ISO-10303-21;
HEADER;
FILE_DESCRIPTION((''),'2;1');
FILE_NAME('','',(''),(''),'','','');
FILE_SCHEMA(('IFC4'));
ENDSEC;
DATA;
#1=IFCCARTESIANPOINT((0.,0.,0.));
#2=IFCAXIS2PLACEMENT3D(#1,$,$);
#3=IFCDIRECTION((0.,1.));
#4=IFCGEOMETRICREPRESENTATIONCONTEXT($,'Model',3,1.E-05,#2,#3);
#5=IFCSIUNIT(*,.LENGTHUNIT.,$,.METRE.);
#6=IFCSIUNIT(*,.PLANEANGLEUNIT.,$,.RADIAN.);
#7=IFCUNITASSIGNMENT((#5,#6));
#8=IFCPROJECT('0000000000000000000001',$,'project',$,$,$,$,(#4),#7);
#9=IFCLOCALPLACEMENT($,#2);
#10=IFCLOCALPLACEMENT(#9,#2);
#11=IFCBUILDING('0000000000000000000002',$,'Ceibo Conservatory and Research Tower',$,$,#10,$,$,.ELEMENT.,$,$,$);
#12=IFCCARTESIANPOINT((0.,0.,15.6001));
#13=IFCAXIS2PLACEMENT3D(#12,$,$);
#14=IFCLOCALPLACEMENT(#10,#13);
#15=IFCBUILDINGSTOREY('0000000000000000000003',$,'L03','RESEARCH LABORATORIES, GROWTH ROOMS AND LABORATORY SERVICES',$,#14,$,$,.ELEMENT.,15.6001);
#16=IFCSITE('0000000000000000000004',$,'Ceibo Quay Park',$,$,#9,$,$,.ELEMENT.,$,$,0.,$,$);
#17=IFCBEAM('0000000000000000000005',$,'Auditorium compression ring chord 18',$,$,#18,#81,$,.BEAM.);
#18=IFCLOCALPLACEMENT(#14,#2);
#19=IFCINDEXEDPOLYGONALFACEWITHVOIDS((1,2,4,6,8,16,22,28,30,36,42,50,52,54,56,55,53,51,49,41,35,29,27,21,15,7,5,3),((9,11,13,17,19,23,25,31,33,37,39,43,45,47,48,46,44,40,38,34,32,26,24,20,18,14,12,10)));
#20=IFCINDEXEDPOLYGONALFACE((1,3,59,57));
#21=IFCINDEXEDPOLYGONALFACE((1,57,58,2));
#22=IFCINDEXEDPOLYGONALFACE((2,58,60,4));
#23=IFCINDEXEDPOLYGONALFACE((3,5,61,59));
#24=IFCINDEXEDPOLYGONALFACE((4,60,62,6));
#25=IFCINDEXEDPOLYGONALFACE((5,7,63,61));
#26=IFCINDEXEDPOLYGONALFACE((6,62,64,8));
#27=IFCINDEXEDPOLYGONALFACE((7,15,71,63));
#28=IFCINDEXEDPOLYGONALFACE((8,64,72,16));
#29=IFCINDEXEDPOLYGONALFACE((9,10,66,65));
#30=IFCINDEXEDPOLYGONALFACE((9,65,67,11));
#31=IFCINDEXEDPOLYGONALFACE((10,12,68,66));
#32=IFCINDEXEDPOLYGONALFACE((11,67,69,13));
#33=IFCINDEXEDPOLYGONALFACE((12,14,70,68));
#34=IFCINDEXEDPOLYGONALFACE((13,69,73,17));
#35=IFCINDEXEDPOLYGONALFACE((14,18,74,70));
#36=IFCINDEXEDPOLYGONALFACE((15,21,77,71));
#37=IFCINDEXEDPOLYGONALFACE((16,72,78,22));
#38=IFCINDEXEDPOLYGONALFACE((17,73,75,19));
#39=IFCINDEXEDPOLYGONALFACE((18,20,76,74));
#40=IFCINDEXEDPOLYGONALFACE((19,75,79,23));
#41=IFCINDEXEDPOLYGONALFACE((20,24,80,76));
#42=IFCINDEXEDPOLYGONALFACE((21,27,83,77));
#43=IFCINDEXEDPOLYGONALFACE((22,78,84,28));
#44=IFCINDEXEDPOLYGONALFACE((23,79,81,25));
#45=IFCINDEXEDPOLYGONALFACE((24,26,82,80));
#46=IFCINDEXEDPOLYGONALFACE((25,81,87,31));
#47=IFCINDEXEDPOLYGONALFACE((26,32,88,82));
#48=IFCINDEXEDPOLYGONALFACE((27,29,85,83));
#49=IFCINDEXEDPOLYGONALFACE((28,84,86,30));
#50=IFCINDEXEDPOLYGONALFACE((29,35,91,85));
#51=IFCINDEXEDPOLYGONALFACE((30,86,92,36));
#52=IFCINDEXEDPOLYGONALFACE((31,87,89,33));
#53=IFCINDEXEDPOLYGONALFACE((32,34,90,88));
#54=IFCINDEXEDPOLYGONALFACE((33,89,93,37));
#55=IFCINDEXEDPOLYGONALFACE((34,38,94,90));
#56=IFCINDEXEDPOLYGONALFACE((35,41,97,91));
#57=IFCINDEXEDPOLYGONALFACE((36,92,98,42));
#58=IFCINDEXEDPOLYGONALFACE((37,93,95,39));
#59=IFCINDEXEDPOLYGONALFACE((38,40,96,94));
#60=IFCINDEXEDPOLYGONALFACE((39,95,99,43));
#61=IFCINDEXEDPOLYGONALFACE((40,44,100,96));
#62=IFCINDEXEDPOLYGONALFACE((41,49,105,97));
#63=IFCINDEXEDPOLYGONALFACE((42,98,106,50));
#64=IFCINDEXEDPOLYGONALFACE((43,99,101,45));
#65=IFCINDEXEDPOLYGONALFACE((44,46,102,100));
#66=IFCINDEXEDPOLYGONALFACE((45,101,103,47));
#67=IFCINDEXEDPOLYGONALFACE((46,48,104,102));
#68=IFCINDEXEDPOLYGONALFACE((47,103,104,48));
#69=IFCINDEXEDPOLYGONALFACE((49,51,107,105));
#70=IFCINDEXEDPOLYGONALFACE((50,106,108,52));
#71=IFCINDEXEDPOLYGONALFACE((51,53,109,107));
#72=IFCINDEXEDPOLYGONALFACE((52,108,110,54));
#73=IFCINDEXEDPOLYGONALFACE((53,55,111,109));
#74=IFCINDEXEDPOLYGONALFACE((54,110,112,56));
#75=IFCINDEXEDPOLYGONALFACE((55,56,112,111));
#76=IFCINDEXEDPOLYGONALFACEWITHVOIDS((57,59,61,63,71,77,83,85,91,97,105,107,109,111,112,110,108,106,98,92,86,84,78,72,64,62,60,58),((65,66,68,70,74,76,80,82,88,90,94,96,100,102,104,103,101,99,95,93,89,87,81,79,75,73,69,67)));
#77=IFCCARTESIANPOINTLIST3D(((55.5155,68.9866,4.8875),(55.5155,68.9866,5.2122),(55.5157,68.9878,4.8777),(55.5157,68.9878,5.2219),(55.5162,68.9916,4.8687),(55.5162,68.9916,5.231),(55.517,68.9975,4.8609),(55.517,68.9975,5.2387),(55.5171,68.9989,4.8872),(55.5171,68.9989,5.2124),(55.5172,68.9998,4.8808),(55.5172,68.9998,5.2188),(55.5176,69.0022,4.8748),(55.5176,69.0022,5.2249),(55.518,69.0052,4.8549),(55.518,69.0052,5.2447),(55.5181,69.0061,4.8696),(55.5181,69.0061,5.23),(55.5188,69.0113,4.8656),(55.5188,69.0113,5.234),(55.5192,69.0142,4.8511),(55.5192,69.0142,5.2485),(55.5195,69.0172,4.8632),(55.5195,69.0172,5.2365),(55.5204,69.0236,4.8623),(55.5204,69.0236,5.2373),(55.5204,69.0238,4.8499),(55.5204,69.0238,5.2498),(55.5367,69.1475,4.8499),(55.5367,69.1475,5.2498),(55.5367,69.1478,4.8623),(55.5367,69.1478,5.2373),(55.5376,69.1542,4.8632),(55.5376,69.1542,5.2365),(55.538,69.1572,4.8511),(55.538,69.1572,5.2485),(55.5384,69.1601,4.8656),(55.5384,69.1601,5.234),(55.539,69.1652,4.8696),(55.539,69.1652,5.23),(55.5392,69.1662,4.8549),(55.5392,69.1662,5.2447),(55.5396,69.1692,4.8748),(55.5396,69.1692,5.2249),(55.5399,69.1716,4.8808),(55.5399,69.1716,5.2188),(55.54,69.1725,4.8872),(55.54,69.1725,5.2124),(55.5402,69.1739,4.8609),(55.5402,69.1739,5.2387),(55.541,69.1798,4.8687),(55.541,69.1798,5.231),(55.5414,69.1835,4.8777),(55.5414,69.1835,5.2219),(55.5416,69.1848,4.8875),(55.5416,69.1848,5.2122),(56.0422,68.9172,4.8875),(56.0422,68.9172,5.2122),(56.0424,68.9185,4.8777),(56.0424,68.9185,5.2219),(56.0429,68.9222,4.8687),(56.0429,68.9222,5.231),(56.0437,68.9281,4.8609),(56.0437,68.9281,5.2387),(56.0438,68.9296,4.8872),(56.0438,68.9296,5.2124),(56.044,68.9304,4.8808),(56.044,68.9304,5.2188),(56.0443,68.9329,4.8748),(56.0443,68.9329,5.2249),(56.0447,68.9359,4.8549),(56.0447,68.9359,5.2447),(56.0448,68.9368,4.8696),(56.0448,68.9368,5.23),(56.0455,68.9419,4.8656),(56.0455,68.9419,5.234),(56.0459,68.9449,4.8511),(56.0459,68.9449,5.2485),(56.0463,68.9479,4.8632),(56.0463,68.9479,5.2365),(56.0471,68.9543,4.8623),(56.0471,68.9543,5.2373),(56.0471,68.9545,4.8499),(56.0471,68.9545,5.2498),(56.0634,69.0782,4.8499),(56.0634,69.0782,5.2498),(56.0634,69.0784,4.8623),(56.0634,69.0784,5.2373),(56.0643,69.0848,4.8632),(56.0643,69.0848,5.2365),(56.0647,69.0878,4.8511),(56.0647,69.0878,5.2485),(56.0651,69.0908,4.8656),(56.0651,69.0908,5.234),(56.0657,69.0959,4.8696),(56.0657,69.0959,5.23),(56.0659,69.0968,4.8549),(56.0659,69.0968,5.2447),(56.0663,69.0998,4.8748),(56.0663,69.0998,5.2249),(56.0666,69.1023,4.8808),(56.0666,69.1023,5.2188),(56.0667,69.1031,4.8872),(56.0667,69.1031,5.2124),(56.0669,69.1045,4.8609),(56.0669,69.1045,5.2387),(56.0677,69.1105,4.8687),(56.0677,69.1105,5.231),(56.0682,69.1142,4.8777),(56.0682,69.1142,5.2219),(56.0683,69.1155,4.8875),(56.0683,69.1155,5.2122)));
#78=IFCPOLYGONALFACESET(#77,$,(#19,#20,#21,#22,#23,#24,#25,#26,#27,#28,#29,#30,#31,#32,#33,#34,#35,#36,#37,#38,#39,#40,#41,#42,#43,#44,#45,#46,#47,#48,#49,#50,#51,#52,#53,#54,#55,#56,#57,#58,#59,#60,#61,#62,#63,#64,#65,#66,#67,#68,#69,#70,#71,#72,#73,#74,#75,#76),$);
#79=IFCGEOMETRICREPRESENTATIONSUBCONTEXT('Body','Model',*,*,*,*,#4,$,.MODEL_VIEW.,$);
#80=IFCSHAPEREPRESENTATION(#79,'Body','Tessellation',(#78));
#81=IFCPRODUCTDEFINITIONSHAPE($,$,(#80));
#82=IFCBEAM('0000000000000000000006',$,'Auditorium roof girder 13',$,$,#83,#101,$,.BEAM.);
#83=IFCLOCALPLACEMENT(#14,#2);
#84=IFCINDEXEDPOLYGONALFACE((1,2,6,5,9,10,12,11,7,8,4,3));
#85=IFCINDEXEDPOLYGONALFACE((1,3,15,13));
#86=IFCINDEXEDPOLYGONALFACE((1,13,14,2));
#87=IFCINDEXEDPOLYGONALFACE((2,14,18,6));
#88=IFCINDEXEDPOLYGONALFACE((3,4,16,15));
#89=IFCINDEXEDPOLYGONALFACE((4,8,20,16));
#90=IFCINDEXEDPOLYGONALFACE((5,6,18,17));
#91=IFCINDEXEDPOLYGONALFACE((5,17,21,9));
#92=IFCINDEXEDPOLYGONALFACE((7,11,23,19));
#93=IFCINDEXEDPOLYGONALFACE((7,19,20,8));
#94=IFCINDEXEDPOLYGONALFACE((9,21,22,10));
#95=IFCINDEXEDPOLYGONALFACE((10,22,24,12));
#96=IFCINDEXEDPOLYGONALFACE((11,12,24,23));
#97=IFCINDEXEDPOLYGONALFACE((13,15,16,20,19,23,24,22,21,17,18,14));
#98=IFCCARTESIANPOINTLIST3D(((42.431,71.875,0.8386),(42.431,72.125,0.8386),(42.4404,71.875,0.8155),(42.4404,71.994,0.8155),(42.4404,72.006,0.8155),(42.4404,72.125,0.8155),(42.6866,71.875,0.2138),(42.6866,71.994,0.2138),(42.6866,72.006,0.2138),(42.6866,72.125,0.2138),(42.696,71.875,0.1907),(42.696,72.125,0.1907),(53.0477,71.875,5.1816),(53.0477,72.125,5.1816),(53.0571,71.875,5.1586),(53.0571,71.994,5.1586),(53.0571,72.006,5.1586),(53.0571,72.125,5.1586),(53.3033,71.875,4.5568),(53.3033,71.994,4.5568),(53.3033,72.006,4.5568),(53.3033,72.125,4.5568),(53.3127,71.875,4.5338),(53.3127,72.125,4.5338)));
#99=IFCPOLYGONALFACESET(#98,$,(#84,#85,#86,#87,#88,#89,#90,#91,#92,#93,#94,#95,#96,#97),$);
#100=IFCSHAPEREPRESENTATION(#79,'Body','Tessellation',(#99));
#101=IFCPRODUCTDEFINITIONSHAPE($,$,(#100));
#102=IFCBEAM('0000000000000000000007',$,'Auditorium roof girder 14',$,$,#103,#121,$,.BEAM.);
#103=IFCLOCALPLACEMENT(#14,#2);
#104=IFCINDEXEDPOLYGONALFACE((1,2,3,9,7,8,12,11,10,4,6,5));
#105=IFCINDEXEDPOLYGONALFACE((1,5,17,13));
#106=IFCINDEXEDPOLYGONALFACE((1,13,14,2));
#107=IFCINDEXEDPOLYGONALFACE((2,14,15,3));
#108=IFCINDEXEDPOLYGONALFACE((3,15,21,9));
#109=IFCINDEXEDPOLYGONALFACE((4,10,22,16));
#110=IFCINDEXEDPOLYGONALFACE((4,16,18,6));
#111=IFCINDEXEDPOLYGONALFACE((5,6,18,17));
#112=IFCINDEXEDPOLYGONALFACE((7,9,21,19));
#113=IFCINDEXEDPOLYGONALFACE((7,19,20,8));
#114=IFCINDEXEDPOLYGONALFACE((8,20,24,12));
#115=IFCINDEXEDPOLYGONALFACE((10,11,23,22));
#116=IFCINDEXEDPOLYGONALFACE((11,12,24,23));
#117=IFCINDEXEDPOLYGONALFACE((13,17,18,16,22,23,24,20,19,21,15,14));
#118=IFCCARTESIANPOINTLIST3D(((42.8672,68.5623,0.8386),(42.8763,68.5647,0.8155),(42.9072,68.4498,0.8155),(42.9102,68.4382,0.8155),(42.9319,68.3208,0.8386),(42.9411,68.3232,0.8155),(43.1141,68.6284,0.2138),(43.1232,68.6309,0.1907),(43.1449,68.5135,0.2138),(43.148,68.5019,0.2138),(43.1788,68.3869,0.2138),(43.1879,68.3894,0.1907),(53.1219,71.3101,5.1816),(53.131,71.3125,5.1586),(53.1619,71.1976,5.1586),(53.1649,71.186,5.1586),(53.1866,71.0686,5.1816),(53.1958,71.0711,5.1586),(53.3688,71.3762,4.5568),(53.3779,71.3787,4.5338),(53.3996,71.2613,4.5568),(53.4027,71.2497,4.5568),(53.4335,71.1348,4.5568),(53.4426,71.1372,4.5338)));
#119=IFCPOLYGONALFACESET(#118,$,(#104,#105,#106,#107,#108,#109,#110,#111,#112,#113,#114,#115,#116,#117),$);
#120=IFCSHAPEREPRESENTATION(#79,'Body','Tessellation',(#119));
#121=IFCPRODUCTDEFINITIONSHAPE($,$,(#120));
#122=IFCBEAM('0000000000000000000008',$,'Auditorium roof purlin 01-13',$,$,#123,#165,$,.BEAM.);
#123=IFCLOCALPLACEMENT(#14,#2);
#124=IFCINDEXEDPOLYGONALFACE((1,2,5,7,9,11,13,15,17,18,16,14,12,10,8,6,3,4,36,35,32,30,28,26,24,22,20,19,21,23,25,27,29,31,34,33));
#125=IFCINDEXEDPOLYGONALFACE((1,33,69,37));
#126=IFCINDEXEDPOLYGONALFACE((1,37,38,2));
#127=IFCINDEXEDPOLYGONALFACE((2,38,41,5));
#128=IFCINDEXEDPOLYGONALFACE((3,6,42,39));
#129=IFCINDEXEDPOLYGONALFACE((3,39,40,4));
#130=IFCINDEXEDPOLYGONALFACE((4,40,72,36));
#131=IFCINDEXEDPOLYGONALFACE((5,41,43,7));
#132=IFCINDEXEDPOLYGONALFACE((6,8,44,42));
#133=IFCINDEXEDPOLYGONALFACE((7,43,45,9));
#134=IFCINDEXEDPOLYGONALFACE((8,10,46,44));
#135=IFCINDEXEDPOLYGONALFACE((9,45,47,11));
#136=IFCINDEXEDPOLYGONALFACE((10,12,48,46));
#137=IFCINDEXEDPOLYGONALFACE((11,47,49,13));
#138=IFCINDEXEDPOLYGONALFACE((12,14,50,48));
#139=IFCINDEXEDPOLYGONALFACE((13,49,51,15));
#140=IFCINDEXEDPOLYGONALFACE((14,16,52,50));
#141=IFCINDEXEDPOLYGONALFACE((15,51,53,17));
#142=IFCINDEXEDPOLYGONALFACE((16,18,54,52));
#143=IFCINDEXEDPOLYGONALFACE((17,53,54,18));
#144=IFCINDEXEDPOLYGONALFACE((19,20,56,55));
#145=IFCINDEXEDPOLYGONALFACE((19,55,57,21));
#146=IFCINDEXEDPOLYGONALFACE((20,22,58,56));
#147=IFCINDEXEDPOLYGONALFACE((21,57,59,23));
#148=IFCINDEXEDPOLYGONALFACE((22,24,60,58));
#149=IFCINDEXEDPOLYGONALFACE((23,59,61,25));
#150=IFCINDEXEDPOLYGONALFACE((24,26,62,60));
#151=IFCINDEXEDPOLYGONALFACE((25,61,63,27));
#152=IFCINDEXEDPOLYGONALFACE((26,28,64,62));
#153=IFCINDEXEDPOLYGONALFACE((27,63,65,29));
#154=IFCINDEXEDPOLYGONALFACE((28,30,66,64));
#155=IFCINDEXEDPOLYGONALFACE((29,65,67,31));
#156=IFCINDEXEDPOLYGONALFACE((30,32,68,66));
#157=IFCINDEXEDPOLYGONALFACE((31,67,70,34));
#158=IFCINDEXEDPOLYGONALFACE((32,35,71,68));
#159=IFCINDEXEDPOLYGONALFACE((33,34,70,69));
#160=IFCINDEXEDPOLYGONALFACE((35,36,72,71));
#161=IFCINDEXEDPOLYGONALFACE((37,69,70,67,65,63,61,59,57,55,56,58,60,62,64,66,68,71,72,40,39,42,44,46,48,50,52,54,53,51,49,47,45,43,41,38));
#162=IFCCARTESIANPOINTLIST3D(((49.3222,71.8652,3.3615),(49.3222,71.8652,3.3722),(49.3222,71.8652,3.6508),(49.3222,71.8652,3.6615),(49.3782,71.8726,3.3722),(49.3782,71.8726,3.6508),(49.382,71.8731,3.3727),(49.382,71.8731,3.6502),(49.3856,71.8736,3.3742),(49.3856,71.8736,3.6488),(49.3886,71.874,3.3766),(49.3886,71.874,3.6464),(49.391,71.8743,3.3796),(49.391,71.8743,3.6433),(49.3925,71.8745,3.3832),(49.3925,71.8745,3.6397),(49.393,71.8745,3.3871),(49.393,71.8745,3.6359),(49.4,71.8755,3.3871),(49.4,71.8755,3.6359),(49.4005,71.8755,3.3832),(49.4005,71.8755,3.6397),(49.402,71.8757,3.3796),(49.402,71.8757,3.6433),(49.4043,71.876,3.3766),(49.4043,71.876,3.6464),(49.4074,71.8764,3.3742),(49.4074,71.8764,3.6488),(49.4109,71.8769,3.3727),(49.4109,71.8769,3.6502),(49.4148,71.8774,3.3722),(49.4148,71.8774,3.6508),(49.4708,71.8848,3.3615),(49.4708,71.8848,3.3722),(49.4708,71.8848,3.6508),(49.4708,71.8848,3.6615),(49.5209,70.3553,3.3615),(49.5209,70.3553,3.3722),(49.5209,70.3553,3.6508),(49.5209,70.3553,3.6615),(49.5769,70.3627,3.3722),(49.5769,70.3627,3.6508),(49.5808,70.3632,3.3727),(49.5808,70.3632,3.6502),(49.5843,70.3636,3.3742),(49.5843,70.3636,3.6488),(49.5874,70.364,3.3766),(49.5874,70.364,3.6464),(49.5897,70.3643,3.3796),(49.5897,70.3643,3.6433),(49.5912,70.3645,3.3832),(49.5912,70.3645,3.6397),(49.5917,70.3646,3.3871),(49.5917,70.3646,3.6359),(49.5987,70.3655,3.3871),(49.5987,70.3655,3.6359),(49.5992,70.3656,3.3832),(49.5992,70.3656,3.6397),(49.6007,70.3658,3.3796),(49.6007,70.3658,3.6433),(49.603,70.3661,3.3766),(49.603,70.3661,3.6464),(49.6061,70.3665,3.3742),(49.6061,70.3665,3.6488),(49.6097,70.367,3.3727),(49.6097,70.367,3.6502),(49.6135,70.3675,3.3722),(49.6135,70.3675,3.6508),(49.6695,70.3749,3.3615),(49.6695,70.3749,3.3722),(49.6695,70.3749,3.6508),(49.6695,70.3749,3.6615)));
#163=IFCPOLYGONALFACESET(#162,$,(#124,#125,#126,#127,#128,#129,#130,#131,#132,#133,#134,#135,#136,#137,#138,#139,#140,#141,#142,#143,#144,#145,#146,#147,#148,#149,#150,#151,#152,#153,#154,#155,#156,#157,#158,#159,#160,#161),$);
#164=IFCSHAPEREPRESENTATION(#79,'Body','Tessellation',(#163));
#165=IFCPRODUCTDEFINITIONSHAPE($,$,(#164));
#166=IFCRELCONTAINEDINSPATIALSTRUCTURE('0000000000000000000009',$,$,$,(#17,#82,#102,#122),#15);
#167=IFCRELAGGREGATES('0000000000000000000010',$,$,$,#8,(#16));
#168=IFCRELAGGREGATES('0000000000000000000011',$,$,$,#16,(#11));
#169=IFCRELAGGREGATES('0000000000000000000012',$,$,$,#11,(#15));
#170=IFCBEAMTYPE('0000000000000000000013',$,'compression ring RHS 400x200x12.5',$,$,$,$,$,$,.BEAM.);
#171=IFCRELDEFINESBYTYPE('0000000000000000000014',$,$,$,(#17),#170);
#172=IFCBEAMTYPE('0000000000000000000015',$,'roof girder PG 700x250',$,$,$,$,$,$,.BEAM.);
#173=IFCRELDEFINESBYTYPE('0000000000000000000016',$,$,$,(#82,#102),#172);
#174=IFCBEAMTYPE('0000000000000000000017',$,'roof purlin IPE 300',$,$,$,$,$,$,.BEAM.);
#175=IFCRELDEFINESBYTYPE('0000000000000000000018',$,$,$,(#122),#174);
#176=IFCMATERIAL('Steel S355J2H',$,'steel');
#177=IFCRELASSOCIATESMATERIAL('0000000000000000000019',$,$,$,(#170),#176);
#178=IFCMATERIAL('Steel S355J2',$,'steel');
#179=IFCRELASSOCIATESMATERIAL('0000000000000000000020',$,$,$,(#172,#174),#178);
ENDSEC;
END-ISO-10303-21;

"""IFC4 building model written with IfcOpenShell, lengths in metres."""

from ifc_helpers import new_model, si_unit, direction, frame, origin, origin_2d, place, context, subcontext, project, spatial, hollow_rectangle, i_section, extrude, material, material_profile, profile_set, type_object, element, save


model = new_model("IFC4")

# Units and contexts
model_context = context("Model", 3, precision=1e-05, world=origin(), true_north=direction((0.0, 1.0)))
body_context = subcontext(model_context, "Body", "Model", "MODEL_VIEW")
ifc_project = project(units=[si_unit("LENGTHUNIT", "METRE"), si_unit("PLANEANGLEUNIT", "RADIAN")], contexts=[model_context])

# Site, building, storey
site_placement = place(None, origin())
site = spatial("IfcSite", under=ifc_project, at=site_placement, Name="Ceibo Quay Park", CompositionType="ELEMENT", RefElevation=0.0)
building_placement = place(site_placement, origin())
building = spatial("IfcBuilding", under=site, at=building_placement, Name="Ceibo Conservatory and Research Tower", CompositionType="ELEMENT")
storey_placement = place(building_placement, frame((0.0, 0.0, 15.6001)))
storey = spatial("IfcBuildingStorey", under=building, at=storey_placement, Name="L03", Description="RESEARCH LABORATORIES, GROWTH ROOMS AND LABORATORY SERVICES", CompositionType="ELEMENT", Elevation=15.6001)

# Beams
ifc_material_1 = material(Name="Steel S355J2H", Category="steel")
ifc_material_profile_1 = material_profile(ifc_material_1, hollow_rectangle(XDim=0.2, YDim=0.3999, WallThickness=0.0125, InnerFilletRadius=0.0249, OuterFilletRadius=0.0376, at=origin_2d()), Name="RHS 400x200x12.5")
ifc_profile_set_1 = profile_set([ifc_material_profile_1], Name="Steel S355J2H")
beam_type_1 = type_object("IfcBeamType", Name="compression ring RHS 400x200x12.5", PredefinedType="BEAM", material=ifc_profile_set_1)
beam_1_placement = place(storey_placement, frame((55.5286, 69.0857, 5.0498), z_axis=(0.991443, -0.130538, 0.0), x_axis=(0.130538, 0.991443, 0.0)))
element("IfcBeam", 1, at=beam_1_placement, inside=storey, type_object=beam_type_1, Name="Auditorium compression ring chord 18", PredefinedType="BEAM", context=body_context, shape_type="SweptSolid", body=[
    extrude(hollow_rectangle(XDim=0.2, YDim=0.3999, WallThickness=0.0125, InnerFilletRadius=0.0249, OuterFilletRadius=0.0376, at=origin_2d()), origin(), (0.0, 0.0, 1.0), 0.5312),
])
ifc_material_2 = material(Name="Steel S355J2", Category="steel")
ifc_material_profile_2 = material_profile(ifc_material_2, i_section(OverallWidth=0.25, OverallDepth=0.7, WebThickness=0.012, FlangeThickness=0.0249, at=origin_2d()), Name="PG 700x250")
ifc_profile_set_2 = profile_set([ifc_material_profile_2], Name="Steel S355J2")
beam_type_2 = type_object("IfcBeamType", Name="roof girder PG 700x250", PredefinedType="BEAM", material=ifc_profile_set_2)
beam_2_placement = place(storey_placement, frame((42.5635, 72.0, 0.5146), z_axis=(0.925552, 0.0, 0.37862), x_axis=(0.0, 1.0, 0.0)))
element("IfcBeam", 2, at=beam_2_placement, inside=storey, type_object=beam_type_2, Name="Auditorium roof girder 13", PredefinedType="BEAM", context=body_context, shape_type="SweptSolid", body=[
    extrude(i_section(OverallWidth=0.25, OverallDepth=0.7, WebThickness=0.012, FlangeThickness=0.0249, at=origin_2d()), origin(), (0.0, 0.0, 1.0), 11.4707),
])
beam_3_placement = place(storey_placement, frame((43.0276, 68.4758, 0.5146), z_axis=(0.89401, 0.239556, 0.378629), x_axis=(-0.258826, 0.965924, 0.0)))
element("IfcBeam", 3, at=beam_3_placement, inside=storey, type_object=beam_type_2, Name="Auditorium roof girder 14", PredefinedType="BEAM", context=body_context, shape_type="SweptSolid", body=[
    extrude(i_section(OverallWidth=0.25, OverallDepth=0.7, WebThickness=0.012, FlangeThickness=0.0249, at=origin_2d()), origin(), (0.0, 0.0, 1.0), 11.4705),
])
ifc_material_profile_3 = material_profile(ifc_material_2, i_section(OverallWidth=0.1499, OverallDepth=0.3, WebThickness=0.0071, FlangeThickness=0.0107, FilletRadius=0.0149, at=origin_2d()), Name="IPE 300")
ifc_profile_set_3 = profile_set([ifc_material_profile_3], Name="Steel S355J2")
beam_type_3 = type_object("IfcBeamType", Name="roof purlin IPE 300", PredefinedType="BEAM", material=ifc_profile_set_3)
for number, where, z_axis, x_axis, name in (
    (4, (49.3965, 71.875, 3.5115), (0.130484, -0.99145, 0.0), (0.99145, 0.130484, 0.0), "Auditorium roof purlin 01-13"),
):
    element("IfcBeam", number, at=place(storey_placement, frame(where, z_axis=z_axis, x_axis=x_axis)), inside=storey, type_object=beam_type_3, Name=name, PredefinedType="BEAM", context=body_context, shape_type="SweptSolid", body=[
        extrude(i_section(OverallWidth=0.1499, OverallDepth=0.3, WebThickness=0.0071, FlangeThickness=0.0107, FilletRadius=0.0149, at=origin_2d()), origin(), (0.0, 0.0, 1.0), 1.5229),
    ])

save(model, "model.ifc")
